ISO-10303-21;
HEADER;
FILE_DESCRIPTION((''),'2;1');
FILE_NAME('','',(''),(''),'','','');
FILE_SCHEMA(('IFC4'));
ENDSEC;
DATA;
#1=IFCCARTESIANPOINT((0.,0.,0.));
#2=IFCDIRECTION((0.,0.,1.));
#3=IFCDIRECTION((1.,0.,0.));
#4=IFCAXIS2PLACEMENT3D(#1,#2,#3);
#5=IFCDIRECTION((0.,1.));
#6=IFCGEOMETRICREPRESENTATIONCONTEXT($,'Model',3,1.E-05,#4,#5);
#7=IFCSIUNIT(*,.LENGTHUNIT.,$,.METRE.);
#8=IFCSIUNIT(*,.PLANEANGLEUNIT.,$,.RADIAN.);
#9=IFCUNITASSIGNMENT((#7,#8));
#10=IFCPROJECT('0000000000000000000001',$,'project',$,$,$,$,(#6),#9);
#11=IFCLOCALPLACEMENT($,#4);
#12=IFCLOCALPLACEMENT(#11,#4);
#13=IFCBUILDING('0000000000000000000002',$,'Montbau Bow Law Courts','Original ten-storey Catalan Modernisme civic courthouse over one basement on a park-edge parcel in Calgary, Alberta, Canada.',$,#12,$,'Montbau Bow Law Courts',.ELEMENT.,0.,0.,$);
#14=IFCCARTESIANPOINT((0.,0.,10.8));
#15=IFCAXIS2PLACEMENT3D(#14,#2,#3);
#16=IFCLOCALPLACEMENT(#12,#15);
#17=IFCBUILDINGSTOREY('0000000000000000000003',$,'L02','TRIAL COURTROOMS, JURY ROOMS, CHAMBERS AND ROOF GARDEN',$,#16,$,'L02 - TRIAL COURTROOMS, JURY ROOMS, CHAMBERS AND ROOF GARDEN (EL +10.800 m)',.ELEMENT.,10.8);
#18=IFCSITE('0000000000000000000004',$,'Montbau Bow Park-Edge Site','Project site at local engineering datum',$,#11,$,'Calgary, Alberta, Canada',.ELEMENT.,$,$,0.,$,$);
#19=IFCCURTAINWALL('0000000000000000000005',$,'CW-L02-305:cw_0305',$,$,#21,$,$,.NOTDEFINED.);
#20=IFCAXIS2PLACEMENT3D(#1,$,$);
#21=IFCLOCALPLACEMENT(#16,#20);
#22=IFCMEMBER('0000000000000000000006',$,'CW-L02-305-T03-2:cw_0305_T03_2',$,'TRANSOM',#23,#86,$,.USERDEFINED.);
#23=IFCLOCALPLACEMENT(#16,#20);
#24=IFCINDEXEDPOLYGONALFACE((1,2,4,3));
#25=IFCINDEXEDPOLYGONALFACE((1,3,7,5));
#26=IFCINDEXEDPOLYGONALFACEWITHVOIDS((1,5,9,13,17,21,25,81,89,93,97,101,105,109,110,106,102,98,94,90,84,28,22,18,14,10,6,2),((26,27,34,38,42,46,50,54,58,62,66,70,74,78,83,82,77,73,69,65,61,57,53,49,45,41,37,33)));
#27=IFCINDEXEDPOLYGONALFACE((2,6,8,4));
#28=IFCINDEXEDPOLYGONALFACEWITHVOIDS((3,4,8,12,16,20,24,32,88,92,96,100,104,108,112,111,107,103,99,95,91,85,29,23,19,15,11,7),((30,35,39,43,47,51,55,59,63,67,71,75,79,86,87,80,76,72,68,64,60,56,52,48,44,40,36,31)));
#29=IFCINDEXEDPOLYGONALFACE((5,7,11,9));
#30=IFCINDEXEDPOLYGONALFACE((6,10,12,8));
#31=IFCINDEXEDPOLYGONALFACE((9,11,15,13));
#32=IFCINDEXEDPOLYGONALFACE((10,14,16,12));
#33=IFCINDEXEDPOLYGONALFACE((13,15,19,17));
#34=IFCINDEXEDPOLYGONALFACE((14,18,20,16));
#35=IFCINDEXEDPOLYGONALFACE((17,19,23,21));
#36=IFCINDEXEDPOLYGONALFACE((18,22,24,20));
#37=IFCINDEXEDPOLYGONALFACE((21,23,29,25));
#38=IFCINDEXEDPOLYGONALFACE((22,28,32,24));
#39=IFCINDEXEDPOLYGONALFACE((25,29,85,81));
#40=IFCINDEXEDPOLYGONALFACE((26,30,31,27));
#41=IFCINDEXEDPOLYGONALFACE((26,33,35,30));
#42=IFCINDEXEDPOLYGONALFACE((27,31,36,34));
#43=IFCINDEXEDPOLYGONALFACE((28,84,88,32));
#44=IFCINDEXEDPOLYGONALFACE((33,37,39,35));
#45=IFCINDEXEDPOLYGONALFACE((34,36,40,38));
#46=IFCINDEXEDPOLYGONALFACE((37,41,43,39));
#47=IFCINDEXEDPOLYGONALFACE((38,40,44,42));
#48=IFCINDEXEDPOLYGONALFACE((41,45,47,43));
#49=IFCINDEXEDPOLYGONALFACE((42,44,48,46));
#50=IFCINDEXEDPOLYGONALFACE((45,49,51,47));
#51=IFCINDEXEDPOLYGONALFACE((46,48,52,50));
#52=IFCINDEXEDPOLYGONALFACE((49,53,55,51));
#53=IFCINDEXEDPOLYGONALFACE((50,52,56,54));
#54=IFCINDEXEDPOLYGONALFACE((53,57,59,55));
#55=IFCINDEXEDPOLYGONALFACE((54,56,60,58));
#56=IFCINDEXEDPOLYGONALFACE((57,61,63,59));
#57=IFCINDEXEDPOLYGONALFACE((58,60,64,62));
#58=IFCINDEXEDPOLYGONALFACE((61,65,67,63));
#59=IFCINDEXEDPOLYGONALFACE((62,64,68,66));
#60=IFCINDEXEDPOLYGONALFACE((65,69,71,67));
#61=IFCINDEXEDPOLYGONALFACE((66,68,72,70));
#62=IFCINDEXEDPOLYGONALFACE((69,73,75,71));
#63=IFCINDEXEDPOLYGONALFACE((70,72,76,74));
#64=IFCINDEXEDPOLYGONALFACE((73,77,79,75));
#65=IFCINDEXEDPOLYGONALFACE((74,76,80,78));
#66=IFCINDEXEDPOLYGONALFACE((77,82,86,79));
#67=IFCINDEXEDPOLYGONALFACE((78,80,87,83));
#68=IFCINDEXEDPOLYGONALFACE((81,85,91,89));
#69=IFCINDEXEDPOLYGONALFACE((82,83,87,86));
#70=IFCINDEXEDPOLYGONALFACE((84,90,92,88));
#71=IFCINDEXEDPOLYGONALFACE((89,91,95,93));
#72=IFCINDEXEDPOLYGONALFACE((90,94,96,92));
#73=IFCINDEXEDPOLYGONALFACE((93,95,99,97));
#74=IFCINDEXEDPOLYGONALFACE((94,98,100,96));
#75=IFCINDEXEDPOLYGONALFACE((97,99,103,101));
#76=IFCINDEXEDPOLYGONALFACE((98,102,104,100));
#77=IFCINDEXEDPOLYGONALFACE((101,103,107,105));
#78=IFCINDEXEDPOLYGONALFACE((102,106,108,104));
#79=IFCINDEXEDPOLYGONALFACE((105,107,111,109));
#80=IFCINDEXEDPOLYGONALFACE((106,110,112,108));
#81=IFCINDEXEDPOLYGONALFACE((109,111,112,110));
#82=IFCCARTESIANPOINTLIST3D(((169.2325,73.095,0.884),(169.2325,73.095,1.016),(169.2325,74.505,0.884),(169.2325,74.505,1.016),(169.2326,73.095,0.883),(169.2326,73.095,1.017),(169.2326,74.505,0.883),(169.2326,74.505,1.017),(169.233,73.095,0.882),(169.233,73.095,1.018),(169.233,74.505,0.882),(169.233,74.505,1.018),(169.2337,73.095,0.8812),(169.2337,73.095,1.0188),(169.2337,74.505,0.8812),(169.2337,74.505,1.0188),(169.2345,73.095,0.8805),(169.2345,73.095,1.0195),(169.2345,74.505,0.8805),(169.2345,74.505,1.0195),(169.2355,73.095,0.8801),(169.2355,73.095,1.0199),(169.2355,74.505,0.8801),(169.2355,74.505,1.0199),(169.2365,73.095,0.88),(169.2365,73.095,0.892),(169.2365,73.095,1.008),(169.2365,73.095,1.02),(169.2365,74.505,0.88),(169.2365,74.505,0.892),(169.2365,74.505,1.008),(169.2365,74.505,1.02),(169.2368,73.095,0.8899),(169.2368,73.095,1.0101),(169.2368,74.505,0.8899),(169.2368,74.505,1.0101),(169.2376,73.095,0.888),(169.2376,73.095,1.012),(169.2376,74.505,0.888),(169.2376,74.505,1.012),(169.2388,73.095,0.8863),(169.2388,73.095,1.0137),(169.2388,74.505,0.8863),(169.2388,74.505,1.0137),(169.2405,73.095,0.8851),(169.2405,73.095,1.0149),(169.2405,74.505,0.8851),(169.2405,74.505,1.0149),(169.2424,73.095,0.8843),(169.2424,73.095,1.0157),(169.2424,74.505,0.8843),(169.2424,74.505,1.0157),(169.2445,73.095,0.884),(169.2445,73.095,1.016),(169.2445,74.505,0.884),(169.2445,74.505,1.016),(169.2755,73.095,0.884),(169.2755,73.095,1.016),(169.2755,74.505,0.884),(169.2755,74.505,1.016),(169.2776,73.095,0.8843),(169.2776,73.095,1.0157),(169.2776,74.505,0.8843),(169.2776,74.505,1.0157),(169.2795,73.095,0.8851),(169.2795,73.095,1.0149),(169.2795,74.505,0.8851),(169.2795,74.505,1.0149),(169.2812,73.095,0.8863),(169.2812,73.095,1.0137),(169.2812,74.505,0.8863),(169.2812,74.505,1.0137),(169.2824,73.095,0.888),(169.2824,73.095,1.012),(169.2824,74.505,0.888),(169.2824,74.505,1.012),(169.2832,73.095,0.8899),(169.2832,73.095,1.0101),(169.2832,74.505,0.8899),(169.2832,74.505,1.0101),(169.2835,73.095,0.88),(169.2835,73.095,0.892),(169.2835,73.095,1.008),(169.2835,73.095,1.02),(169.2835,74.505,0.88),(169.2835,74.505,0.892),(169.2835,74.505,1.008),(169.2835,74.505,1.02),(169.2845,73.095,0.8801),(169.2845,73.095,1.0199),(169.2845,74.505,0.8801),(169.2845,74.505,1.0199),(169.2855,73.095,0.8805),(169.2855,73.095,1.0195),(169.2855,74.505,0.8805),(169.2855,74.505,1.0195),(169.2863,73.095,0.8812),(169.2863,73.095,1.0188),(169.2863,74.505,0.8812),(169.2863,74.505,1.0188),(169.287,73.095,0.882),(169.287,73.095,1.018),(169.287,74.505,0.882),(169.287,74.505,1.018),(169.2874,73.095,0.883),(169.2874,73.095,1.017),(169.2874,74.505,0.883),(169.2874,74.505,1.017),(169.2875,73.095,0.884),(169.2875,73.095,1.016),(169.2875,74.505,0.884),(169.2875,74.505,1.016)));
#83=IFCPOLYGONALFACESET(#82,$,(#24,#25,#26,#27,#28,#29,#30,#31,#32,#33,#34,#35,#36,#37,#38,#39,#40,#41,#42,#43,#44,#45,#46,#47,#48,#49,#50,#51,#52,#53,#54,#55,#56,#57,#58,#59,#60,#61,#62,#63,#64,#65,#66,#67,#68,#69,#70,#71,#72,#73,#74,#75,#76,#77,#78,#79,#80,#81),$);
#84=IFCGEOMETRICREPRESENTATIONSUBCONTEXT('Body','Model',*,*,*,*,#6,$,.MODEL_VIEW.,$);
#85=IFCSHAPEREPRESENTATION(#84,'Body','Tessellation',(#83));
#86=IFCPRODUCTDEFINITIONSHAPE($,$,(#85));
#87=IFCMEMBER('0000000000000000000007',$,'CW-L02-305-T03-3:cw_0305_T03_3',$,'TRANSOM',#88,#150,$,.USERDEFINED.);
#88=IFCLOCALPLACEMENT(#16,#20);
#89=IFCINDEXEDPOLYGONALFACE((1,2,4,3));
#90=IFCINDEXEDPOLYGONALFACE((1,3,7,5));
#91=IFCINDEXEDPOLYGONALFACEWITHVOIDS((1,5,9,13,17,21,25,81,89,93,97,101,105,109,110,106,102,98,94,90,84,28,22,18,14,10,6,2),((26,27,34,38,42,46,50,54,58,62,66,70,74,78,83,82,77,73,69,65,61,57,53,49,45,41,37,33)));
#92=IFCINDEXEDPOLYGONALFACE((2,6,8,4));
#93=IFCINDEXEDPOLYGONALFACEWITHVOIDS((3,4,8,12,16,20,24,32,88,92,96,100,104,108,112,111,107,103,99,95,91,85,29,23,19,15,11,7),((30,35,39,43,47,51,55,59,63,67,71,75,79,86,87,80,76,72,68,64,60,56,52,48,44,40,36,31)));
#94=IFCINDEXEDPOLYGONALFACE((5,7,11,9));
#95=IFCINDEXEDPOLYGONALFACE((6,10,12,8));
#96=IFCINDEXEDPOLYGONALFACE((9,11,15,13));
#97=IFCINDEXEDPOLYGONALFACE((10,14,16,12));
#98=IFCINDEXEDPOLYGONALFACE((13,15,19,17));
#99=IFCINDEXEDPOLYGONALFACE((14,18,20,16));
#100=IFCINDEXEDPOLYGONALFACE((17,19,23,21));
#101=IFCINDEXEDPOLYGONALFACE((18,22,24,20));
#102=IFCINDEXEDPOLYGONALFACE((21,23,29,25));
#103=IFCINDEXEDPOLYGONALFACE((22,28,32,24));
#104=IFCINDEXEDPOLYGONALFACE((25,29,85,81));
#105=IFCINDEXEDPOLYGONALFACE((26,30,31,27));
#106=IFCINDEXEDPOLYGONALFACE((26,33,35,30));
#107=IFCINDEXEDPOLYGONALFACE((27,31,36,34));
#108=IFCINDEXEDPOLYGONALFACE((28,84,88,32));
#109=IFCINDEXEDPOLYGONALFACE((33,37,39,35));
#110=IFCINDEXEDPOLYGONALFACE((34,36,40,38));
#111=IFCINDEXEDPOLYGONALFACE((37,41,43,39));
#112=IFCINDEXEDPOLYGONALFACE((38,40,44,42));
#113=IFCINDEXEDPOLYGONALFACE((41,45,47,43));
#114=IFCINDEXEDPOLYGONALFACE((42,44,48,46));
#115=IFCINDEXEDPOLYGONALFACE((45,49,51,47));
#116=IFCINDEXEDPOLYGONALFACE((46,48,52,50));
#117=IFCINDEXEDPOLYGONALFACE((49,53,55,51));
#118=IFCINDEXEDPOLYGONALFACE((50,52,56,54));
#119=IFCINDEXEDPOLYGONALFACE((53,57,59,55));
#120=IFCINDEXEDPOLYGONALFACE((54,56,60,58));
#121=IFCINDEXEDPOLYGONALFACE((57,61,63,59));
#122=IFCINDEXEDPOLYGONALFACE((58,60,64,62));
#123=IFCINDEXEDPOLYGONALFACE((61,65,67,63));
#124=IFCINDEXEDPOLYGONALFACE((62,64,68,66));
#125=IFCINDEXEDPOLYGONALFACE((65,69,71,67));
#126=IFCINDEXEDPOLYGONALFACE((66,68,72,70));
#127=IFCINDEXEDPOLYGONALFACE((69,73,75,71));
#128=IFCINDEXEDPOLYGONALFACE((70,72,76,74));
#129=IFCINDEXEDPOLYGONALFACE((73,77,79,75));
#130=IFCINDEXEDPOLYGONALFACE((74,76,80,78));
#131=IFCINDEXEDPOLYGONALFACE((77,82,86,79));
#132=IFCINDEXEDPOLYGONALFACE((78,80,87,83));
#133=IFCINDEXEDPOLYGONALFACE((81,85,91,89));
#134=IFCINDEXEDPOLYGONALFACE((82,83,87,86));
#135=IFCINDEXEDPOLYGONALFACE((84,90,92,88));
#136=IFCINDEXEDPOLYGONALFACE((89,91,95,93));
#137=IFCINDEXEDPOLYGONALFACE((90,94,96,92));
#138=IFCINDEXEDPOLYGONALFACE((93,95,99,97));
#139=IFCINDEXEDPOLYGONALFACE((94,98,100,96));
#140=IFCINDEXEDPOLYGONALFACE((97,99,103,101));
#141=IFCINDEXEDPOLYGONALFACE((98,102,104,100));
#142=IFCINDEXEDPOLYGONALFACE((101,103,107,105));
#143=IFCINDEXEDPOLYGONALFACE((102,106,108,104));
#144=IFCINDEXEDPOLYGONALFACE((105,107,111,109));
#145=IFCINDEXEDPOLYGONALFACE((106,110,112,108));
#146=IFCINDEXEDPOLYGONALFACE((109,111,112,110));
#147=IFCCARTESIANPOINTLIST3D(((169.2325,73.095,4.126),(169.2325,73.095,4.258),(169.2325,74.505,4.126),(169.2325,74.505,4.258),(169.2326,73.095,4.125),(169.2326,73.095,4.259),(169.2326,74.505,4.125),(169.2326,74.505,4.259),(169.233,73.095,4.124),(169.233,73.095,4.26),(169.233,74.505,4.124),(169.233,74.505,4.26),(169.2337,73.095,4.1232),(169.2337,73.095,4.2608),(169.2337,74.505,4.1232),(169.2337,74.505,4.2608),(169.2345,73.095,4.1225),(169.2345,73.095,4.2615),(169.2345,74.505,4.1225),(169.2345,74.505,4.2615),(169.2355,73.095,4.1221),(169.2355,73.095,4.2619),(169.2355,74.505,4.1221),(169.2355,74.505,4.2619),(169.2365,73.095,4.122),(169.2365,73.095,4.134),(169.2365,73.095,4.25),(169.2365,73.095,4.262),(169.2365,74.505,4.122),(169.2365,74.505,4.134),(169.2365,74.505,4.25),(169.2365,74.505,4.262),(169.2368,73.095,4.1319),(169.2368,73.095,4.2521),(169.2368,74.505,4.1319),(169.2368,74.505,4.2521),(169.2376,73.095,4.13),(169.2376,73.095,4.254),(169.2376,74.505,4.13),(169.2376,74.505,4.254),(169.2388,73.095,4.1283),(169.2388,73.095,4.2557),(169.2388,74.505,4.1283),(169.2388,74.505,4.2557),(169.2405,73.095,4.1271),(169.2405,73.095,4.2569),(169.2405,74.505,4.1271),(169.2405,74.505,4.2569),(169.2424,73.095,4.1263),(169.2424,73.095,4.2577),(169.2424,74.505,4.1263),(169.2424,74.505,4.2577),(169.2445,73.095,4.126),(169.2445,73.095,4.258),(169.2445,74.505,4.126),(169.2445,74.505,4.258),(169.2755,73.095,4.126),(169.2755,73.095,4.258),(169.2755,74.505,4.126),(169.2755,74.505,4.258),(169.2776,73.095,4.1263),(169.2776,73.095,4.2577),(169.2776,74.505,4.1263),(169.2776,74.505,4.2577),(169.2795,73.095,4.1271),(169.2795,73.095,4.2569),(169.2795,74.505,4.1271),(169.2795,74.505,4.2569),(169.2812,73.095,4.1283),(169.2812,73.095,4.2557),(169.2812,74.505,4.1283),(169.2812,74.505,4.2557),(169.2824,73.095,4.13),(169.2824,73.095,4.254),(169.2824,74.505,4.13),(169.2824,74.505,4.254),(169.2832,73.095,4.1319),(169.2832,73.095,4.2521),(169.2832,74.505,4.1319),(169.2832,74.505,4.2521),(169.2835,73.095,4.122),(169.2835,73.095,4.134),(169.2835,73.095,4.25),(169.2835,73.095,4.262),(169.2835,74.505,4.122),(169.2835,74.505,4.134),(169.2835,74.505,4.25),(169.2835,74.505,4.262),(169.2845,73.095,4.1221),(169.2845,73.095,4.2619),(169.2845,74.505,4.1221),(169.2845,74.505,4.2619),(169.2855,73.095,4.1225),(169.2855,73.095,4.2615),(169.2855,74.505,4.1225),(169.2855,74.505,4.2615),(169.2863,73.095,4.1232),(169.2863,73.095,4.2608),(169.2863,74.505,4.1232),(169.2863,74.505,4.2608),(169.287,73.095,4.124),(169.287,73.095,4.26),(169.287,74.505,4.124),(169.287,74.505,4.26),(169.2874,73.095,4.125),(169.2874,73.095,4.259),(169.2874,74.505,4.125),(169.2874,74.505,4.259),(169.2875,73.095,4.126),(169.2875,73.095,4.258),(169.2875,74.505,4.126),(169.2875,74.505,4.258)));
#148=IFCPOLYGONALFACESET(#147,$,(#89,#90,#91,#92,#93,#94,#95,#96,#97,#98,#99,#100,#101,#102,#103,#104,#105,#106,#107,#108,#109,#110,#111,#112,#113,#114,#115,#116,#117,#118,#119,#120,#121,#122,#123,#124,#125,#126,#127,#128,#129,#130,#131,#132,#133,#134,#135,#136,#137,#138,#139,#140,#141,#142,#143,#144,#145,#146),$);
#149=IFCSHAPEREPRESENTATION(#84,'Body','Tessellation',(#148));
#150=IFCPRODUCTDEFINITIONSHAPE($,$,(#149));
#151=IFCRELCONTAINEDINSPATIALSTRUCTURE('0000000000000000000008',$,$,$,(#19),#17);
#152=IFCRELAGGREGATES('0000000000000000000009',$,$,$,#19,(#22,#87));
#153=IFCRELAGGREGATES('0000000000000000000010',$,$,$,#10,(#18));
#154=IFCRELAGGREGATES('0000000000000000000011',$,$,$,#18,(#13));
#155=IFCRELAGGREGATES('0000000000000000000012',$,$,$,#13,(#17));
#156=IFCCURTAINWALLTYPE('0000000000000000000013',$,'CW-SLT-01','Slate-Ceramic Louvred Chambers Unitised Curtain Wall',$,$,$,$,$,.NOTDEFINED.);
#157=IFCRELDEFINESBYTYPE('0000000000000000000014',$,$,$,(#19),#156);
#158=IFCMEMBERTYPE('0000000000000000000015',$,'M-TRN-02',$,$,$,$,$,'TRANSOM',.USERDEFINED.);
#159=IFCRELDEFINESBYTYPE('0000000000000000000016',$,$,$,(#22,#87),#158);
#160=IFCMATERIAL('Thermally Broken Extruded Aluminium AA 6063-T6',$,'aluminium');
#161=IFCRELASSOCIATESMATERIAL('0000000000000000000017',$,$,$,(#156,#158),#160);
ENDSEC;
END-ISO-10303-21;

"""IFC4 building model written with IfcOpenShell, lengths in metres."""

from ifc_helpers import new_model, si_unit, direction, frame, origin_with_axes, origin_2d_with_axis, place, context, subcontext, project, spatial, hollow_rectangle, extrude, material, material_profile, profile_set, type_object, element, aggregate, save


model = new_model("IFC4")

# Units and contexts
model_context = context("Model", 3, precision=1e-05, world=origin_with_axes(), true_north=direction((0.0, 1.0)))
body_context = subcontext(model_context, "Body", "Model", "MODEL_VIEW")
ifc_project = project(units=[si_unit("LENGTHUNIT", "METRE"), si_unit("PLANEANGLEUNIT", "RADIAN")], contexts=[model_context])

# Site, building, storey
site_placement = place(None, origin_with_axes())
site = spatial("IfcSite", under=ifc_project, at=site_placement, Name="Montbau Bow Park-Edge Site", Description="Project site at local engineering datum", LongName="Calgary, Alberta, Canada", CompositionType="ELEMENT", RefElevation=0.0)
building_placement = place(site_placement, origin_with_axes())
building = spatial("IfcBuilding", under=site, at=building_placement, Name="Montbau Bow Law Courts", Description="Original ten-storey Catalan Modernisme civic courthouse over one basement on a park-edge parcel in Calgary, Alberta, Canada.", LongName="Montbau Bow Law Courts", CompositionType="ELEMENT", ElevationOfRefHeight=0.0, ElevationOfTerrain=0.0)
storey_placement = place(building_placement, frame((0.0, 0.0, 10.8), z_axis=(0.0, 0.0, 1.0), x_axis=(1.0, 0.0, 0.0)))
storey = spatial("IfcBuildingStorey", under=building, at=storey_placement, Name="L02", Description="TRIAL COURTROOMS, JURY ROOMS, CHAMBERS AND ROOF GARDEN", LongName="L02 - TRIAL COURTROOMS, JURY ROOMS, CHAMBERS AND ROOF GARDEN (EL +10.800 m)", CompositionType="ELEMENT", Elevation=10.8)

# Curtain wall, members
ifc_material_1 = material(Name="Thermally Broken Extruded Aluminium AA 6063-T6", Category="aluminium")
curtain_wall_type = type_object("IfcCurtainWallType", Name="CW-SLT-01", Description="Slate-Ceramic Louvred Chambers Unitised Curtain Wall", PredefinedType="NOTDEFINED", material=ifc_material_1)
curtain_wall_placement = place(None, frame((169.26, 70.115, 10.8), z_axis=(0.0, 0.0, 1.0), x_axis=(1.0, 0.0, 0.0)))
curtain_wall = element("IfcCurtainWall", 1, at=curtain_wall_placement, inside=storey, type_object=curtain_wall_type, Name="CW-L02-305:cw_0305", PredefinedType="NOTDEFINED")
ifc_material_profile_1 = material_profile(ifc_material_1, hollow_rectangle(XDim=0.055, YDim=0.14, WallThickness=0.004, InnerFilletRadius=0.008, OuterFilletRadius=0.004, at=origin_2d_with_axis()), Name="CWT-140X55", Category="Main", Priority=0)
ifc_profile_set_1 = profile_set([ifc_material_profile_1], Name="Thermally Broken Extruded Aluminium AA 6063-T6")
member_type_1 = type_object("IfcMemberType", Name="M-TRN-02", ElementType="TRANSOM", PredefinedType="USERDEFINED", material=ifc_profile_set_1)
member_1_placement = place(None, frame((169.26, 73.095, 11.75), z_axis=(0.0, 1.0, 0.0), x_axis=(-1.0, 0.0, 0.0)))
member_1 = element("IfcMember", 2, at=member_1_placement, type_object=member_type_1, Name="CW-L02-305-T03-2:cw_0305_T03_2", ObjectType="TRANSOM", PredefinedType="USERDEFINED", context=body_context, shape_type="SweptSolid", body=[
    extrude(hollow_rectangle(XDim=0.055, YDim=0.14, WallThickness=0.004, InnerFilletRadius=0.008, OuterFilletRadius=0.004, at=origin_2d_with_axis()), origin_with_axes(), (0.0, 0.0, 1.0), 1.41),
])
member_2_placement = place(None, frame((169.26, 73.095, 14.992), z_axis=(0.0, 1.0, 0.0), x_axis=(-1.0, 0.0, 0.0)))
member_2 = element("IfcMember", 3, at=member_2_placement, type_object=member_type_1, Name="CW-L02-305-T03-3:cw_0305_T03_3", ObjectType="TRANSOM", PredefinedType="USERDEFINED", context=body_context, shape_type="SweptSolid", body=[
    extrude(hollow_rectangle(XDim=0.055, YDim=0.14, WallThickness=0.004, InnerFilletRadius=0.008, OuterFilletRadius=0.004, at=origin_2d_with_axis()), origin_with_axes(), (0.0, 0.0, 1.0), 1.41),
])
aggregate(curtain_wall, [member_1, member_2])

save(model, "model.ifc")
